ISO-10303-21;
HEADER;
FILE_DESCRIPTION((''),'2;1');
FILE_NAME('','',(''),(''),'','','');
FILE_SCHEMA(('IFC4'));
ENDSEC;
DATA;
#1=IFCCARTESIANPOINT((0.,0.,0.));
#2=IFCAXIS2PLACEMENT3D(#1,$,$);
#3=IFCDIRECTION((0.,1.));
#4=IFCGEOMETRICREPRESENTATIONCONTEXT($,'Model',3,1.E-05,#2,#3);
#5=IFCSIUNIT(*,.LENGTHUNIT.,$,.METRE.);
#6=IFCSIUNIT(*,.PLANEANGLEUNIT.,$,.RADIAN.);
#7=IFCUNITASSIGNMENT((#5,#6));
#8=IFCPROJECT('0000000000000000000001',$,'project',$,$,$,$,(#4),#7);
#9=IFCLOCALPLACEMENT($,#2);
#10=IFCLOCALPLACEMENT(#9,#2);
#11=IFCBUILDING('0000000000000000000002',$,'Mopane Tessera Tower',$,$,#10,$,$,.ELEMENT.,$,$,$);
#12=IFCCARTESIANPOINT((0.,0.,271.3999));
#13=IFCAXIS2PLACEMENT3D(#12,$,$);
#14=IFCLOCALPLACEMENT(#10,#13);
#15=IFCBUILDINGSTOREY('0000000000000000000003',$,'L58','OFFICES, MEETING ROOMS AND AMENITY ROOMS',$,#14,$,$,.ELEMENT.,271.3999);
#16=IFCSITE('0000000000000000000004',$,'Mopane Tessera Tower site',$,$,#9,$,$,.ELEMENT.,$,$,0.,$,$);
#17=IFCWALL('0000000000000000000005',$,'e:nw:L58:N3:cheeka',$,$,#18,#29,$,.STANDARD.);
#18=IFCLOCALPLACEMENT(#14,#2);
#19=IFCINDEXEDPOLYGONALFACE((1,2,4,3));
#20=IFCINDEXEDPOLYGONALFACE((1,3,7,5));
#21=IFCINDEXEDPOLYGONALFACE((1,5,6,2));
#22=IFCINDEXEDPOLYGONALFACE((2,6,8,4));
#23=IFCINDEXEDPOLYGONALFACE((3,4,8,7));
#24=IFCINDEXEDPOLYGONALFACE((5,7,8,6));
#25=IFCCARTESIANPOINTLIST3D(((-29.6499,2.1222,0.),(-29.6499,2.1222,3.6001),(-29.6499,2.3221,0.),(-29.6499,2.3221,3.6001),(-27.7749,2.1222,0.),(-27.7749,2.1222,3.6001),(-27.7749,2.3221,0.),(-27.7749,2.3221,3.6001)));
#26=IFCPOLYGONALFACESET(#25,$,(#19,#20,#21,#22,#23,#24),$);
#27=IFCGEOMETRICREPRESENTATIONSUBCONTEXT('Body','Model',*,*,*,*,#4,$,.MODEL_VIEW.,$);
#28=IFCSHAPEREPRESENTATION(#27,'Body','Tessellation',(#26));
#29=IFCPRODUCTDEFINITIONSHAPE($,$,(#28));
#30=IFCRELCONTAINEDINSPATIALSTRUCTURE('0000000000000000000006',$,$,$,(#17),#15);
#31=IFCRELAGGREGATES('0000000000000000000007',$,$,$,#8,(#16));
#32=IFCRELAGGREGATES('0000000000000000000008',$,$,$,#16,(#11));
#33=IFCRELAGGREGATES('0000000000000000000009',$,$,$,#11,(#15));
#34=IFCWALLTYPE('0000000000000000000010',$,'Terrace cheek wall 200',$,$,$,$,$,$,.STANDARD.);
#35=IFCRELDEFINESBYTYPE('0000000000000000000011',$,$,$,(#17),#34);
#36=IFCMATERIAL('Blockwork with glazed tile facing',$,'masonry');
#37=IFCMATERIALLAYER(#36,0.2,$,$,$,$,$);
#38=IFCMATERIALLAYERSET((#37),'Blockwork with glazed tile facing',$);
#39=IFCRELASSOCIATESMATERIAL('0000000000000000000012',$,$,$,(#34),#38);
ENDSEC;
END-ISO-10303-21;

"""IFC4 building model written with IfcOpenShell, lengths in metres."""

from ifc_helpers import new_model, si_unit, direction, frame, frame_2d, origin, place, context, subcontext, project, spatial, rectangle, extrude, material, layer, layer_set, type_object, element, save


model = new_model("IFC4")

# Units and contexts
model_context = context("Model", 3, precision=1e-05, world=origin(), true_north=direction((0.0, 1.0)))
body_context = subcontext(model_context, "Body", "Model", "MODEL_VIEW")
ifc_project = project(units=[si_unit("LENGTHUNIT", "METRE"), si_unit("PLANEANGLEUNIT", "RADIAN")], contexts=[model_context])

# Site, building, storey
site_placement = place(None, origin())
site = spatial("IfcSite", under=ifc_project, at=site_placement, Name="Mopane Tessera Tower site", CompositionType="ELEMENT", RefElevation=0.0)
building_placement = place(site_placement, origin())
building = spatial("IfcBuilding", under=site, at=building_placement, Name="Mopane Tessera Tower", CompositionType="ELEMENT")
storey_placement = place(building_placement, frame((0.0, 0.0, 271.3999)))
storey = spatial("IfcBuildingStorey", under=building, at=storey_placement, Name="L58", Description="OFFICES, MEETING ROOMS AND AMENITY ROOMS", CompositionType="ELEMENT", Elevation=271.3999)

# Wall
ifc_material_1 = material(Name="Blockwork with glazed tile facing", Category="masonry")
ifc_layer_1 = layer(ifc_material_1, 0.2)
ifc_layer_set_1 = layer_set([ifc_layer_1], Name="Blockwork with glazed tile facing")
wall_type_1 = type_object("IfcWallType", Name="Terrace cheek wall 200", PredefinedType="STANDARD", material=ifc_layer_set_1)
wall_1_placement = place(storey_placement, frame((-29.6499, 2.2222, 0.0), z_axis=(0.0, 0.0, 1.0), x_axis=(1.0, 0.0, 0.0)))
element("IfcWall", 1, at=wall_1_placement, inside=storey, type_object=wall_type_1, Name="e:nw:L58:N3:cheeka", PredefinedType="STANDARD", context=body_context, shape_type="SweptSolid", body=[
    extrude(rectangle(XDim=1.875, YDim=0.2, at=frame_2d((0.9375, 0.0))), origin(), (0.0, 0.0, 1.0), 3.6001),
])

save(model, "model.ifc")
